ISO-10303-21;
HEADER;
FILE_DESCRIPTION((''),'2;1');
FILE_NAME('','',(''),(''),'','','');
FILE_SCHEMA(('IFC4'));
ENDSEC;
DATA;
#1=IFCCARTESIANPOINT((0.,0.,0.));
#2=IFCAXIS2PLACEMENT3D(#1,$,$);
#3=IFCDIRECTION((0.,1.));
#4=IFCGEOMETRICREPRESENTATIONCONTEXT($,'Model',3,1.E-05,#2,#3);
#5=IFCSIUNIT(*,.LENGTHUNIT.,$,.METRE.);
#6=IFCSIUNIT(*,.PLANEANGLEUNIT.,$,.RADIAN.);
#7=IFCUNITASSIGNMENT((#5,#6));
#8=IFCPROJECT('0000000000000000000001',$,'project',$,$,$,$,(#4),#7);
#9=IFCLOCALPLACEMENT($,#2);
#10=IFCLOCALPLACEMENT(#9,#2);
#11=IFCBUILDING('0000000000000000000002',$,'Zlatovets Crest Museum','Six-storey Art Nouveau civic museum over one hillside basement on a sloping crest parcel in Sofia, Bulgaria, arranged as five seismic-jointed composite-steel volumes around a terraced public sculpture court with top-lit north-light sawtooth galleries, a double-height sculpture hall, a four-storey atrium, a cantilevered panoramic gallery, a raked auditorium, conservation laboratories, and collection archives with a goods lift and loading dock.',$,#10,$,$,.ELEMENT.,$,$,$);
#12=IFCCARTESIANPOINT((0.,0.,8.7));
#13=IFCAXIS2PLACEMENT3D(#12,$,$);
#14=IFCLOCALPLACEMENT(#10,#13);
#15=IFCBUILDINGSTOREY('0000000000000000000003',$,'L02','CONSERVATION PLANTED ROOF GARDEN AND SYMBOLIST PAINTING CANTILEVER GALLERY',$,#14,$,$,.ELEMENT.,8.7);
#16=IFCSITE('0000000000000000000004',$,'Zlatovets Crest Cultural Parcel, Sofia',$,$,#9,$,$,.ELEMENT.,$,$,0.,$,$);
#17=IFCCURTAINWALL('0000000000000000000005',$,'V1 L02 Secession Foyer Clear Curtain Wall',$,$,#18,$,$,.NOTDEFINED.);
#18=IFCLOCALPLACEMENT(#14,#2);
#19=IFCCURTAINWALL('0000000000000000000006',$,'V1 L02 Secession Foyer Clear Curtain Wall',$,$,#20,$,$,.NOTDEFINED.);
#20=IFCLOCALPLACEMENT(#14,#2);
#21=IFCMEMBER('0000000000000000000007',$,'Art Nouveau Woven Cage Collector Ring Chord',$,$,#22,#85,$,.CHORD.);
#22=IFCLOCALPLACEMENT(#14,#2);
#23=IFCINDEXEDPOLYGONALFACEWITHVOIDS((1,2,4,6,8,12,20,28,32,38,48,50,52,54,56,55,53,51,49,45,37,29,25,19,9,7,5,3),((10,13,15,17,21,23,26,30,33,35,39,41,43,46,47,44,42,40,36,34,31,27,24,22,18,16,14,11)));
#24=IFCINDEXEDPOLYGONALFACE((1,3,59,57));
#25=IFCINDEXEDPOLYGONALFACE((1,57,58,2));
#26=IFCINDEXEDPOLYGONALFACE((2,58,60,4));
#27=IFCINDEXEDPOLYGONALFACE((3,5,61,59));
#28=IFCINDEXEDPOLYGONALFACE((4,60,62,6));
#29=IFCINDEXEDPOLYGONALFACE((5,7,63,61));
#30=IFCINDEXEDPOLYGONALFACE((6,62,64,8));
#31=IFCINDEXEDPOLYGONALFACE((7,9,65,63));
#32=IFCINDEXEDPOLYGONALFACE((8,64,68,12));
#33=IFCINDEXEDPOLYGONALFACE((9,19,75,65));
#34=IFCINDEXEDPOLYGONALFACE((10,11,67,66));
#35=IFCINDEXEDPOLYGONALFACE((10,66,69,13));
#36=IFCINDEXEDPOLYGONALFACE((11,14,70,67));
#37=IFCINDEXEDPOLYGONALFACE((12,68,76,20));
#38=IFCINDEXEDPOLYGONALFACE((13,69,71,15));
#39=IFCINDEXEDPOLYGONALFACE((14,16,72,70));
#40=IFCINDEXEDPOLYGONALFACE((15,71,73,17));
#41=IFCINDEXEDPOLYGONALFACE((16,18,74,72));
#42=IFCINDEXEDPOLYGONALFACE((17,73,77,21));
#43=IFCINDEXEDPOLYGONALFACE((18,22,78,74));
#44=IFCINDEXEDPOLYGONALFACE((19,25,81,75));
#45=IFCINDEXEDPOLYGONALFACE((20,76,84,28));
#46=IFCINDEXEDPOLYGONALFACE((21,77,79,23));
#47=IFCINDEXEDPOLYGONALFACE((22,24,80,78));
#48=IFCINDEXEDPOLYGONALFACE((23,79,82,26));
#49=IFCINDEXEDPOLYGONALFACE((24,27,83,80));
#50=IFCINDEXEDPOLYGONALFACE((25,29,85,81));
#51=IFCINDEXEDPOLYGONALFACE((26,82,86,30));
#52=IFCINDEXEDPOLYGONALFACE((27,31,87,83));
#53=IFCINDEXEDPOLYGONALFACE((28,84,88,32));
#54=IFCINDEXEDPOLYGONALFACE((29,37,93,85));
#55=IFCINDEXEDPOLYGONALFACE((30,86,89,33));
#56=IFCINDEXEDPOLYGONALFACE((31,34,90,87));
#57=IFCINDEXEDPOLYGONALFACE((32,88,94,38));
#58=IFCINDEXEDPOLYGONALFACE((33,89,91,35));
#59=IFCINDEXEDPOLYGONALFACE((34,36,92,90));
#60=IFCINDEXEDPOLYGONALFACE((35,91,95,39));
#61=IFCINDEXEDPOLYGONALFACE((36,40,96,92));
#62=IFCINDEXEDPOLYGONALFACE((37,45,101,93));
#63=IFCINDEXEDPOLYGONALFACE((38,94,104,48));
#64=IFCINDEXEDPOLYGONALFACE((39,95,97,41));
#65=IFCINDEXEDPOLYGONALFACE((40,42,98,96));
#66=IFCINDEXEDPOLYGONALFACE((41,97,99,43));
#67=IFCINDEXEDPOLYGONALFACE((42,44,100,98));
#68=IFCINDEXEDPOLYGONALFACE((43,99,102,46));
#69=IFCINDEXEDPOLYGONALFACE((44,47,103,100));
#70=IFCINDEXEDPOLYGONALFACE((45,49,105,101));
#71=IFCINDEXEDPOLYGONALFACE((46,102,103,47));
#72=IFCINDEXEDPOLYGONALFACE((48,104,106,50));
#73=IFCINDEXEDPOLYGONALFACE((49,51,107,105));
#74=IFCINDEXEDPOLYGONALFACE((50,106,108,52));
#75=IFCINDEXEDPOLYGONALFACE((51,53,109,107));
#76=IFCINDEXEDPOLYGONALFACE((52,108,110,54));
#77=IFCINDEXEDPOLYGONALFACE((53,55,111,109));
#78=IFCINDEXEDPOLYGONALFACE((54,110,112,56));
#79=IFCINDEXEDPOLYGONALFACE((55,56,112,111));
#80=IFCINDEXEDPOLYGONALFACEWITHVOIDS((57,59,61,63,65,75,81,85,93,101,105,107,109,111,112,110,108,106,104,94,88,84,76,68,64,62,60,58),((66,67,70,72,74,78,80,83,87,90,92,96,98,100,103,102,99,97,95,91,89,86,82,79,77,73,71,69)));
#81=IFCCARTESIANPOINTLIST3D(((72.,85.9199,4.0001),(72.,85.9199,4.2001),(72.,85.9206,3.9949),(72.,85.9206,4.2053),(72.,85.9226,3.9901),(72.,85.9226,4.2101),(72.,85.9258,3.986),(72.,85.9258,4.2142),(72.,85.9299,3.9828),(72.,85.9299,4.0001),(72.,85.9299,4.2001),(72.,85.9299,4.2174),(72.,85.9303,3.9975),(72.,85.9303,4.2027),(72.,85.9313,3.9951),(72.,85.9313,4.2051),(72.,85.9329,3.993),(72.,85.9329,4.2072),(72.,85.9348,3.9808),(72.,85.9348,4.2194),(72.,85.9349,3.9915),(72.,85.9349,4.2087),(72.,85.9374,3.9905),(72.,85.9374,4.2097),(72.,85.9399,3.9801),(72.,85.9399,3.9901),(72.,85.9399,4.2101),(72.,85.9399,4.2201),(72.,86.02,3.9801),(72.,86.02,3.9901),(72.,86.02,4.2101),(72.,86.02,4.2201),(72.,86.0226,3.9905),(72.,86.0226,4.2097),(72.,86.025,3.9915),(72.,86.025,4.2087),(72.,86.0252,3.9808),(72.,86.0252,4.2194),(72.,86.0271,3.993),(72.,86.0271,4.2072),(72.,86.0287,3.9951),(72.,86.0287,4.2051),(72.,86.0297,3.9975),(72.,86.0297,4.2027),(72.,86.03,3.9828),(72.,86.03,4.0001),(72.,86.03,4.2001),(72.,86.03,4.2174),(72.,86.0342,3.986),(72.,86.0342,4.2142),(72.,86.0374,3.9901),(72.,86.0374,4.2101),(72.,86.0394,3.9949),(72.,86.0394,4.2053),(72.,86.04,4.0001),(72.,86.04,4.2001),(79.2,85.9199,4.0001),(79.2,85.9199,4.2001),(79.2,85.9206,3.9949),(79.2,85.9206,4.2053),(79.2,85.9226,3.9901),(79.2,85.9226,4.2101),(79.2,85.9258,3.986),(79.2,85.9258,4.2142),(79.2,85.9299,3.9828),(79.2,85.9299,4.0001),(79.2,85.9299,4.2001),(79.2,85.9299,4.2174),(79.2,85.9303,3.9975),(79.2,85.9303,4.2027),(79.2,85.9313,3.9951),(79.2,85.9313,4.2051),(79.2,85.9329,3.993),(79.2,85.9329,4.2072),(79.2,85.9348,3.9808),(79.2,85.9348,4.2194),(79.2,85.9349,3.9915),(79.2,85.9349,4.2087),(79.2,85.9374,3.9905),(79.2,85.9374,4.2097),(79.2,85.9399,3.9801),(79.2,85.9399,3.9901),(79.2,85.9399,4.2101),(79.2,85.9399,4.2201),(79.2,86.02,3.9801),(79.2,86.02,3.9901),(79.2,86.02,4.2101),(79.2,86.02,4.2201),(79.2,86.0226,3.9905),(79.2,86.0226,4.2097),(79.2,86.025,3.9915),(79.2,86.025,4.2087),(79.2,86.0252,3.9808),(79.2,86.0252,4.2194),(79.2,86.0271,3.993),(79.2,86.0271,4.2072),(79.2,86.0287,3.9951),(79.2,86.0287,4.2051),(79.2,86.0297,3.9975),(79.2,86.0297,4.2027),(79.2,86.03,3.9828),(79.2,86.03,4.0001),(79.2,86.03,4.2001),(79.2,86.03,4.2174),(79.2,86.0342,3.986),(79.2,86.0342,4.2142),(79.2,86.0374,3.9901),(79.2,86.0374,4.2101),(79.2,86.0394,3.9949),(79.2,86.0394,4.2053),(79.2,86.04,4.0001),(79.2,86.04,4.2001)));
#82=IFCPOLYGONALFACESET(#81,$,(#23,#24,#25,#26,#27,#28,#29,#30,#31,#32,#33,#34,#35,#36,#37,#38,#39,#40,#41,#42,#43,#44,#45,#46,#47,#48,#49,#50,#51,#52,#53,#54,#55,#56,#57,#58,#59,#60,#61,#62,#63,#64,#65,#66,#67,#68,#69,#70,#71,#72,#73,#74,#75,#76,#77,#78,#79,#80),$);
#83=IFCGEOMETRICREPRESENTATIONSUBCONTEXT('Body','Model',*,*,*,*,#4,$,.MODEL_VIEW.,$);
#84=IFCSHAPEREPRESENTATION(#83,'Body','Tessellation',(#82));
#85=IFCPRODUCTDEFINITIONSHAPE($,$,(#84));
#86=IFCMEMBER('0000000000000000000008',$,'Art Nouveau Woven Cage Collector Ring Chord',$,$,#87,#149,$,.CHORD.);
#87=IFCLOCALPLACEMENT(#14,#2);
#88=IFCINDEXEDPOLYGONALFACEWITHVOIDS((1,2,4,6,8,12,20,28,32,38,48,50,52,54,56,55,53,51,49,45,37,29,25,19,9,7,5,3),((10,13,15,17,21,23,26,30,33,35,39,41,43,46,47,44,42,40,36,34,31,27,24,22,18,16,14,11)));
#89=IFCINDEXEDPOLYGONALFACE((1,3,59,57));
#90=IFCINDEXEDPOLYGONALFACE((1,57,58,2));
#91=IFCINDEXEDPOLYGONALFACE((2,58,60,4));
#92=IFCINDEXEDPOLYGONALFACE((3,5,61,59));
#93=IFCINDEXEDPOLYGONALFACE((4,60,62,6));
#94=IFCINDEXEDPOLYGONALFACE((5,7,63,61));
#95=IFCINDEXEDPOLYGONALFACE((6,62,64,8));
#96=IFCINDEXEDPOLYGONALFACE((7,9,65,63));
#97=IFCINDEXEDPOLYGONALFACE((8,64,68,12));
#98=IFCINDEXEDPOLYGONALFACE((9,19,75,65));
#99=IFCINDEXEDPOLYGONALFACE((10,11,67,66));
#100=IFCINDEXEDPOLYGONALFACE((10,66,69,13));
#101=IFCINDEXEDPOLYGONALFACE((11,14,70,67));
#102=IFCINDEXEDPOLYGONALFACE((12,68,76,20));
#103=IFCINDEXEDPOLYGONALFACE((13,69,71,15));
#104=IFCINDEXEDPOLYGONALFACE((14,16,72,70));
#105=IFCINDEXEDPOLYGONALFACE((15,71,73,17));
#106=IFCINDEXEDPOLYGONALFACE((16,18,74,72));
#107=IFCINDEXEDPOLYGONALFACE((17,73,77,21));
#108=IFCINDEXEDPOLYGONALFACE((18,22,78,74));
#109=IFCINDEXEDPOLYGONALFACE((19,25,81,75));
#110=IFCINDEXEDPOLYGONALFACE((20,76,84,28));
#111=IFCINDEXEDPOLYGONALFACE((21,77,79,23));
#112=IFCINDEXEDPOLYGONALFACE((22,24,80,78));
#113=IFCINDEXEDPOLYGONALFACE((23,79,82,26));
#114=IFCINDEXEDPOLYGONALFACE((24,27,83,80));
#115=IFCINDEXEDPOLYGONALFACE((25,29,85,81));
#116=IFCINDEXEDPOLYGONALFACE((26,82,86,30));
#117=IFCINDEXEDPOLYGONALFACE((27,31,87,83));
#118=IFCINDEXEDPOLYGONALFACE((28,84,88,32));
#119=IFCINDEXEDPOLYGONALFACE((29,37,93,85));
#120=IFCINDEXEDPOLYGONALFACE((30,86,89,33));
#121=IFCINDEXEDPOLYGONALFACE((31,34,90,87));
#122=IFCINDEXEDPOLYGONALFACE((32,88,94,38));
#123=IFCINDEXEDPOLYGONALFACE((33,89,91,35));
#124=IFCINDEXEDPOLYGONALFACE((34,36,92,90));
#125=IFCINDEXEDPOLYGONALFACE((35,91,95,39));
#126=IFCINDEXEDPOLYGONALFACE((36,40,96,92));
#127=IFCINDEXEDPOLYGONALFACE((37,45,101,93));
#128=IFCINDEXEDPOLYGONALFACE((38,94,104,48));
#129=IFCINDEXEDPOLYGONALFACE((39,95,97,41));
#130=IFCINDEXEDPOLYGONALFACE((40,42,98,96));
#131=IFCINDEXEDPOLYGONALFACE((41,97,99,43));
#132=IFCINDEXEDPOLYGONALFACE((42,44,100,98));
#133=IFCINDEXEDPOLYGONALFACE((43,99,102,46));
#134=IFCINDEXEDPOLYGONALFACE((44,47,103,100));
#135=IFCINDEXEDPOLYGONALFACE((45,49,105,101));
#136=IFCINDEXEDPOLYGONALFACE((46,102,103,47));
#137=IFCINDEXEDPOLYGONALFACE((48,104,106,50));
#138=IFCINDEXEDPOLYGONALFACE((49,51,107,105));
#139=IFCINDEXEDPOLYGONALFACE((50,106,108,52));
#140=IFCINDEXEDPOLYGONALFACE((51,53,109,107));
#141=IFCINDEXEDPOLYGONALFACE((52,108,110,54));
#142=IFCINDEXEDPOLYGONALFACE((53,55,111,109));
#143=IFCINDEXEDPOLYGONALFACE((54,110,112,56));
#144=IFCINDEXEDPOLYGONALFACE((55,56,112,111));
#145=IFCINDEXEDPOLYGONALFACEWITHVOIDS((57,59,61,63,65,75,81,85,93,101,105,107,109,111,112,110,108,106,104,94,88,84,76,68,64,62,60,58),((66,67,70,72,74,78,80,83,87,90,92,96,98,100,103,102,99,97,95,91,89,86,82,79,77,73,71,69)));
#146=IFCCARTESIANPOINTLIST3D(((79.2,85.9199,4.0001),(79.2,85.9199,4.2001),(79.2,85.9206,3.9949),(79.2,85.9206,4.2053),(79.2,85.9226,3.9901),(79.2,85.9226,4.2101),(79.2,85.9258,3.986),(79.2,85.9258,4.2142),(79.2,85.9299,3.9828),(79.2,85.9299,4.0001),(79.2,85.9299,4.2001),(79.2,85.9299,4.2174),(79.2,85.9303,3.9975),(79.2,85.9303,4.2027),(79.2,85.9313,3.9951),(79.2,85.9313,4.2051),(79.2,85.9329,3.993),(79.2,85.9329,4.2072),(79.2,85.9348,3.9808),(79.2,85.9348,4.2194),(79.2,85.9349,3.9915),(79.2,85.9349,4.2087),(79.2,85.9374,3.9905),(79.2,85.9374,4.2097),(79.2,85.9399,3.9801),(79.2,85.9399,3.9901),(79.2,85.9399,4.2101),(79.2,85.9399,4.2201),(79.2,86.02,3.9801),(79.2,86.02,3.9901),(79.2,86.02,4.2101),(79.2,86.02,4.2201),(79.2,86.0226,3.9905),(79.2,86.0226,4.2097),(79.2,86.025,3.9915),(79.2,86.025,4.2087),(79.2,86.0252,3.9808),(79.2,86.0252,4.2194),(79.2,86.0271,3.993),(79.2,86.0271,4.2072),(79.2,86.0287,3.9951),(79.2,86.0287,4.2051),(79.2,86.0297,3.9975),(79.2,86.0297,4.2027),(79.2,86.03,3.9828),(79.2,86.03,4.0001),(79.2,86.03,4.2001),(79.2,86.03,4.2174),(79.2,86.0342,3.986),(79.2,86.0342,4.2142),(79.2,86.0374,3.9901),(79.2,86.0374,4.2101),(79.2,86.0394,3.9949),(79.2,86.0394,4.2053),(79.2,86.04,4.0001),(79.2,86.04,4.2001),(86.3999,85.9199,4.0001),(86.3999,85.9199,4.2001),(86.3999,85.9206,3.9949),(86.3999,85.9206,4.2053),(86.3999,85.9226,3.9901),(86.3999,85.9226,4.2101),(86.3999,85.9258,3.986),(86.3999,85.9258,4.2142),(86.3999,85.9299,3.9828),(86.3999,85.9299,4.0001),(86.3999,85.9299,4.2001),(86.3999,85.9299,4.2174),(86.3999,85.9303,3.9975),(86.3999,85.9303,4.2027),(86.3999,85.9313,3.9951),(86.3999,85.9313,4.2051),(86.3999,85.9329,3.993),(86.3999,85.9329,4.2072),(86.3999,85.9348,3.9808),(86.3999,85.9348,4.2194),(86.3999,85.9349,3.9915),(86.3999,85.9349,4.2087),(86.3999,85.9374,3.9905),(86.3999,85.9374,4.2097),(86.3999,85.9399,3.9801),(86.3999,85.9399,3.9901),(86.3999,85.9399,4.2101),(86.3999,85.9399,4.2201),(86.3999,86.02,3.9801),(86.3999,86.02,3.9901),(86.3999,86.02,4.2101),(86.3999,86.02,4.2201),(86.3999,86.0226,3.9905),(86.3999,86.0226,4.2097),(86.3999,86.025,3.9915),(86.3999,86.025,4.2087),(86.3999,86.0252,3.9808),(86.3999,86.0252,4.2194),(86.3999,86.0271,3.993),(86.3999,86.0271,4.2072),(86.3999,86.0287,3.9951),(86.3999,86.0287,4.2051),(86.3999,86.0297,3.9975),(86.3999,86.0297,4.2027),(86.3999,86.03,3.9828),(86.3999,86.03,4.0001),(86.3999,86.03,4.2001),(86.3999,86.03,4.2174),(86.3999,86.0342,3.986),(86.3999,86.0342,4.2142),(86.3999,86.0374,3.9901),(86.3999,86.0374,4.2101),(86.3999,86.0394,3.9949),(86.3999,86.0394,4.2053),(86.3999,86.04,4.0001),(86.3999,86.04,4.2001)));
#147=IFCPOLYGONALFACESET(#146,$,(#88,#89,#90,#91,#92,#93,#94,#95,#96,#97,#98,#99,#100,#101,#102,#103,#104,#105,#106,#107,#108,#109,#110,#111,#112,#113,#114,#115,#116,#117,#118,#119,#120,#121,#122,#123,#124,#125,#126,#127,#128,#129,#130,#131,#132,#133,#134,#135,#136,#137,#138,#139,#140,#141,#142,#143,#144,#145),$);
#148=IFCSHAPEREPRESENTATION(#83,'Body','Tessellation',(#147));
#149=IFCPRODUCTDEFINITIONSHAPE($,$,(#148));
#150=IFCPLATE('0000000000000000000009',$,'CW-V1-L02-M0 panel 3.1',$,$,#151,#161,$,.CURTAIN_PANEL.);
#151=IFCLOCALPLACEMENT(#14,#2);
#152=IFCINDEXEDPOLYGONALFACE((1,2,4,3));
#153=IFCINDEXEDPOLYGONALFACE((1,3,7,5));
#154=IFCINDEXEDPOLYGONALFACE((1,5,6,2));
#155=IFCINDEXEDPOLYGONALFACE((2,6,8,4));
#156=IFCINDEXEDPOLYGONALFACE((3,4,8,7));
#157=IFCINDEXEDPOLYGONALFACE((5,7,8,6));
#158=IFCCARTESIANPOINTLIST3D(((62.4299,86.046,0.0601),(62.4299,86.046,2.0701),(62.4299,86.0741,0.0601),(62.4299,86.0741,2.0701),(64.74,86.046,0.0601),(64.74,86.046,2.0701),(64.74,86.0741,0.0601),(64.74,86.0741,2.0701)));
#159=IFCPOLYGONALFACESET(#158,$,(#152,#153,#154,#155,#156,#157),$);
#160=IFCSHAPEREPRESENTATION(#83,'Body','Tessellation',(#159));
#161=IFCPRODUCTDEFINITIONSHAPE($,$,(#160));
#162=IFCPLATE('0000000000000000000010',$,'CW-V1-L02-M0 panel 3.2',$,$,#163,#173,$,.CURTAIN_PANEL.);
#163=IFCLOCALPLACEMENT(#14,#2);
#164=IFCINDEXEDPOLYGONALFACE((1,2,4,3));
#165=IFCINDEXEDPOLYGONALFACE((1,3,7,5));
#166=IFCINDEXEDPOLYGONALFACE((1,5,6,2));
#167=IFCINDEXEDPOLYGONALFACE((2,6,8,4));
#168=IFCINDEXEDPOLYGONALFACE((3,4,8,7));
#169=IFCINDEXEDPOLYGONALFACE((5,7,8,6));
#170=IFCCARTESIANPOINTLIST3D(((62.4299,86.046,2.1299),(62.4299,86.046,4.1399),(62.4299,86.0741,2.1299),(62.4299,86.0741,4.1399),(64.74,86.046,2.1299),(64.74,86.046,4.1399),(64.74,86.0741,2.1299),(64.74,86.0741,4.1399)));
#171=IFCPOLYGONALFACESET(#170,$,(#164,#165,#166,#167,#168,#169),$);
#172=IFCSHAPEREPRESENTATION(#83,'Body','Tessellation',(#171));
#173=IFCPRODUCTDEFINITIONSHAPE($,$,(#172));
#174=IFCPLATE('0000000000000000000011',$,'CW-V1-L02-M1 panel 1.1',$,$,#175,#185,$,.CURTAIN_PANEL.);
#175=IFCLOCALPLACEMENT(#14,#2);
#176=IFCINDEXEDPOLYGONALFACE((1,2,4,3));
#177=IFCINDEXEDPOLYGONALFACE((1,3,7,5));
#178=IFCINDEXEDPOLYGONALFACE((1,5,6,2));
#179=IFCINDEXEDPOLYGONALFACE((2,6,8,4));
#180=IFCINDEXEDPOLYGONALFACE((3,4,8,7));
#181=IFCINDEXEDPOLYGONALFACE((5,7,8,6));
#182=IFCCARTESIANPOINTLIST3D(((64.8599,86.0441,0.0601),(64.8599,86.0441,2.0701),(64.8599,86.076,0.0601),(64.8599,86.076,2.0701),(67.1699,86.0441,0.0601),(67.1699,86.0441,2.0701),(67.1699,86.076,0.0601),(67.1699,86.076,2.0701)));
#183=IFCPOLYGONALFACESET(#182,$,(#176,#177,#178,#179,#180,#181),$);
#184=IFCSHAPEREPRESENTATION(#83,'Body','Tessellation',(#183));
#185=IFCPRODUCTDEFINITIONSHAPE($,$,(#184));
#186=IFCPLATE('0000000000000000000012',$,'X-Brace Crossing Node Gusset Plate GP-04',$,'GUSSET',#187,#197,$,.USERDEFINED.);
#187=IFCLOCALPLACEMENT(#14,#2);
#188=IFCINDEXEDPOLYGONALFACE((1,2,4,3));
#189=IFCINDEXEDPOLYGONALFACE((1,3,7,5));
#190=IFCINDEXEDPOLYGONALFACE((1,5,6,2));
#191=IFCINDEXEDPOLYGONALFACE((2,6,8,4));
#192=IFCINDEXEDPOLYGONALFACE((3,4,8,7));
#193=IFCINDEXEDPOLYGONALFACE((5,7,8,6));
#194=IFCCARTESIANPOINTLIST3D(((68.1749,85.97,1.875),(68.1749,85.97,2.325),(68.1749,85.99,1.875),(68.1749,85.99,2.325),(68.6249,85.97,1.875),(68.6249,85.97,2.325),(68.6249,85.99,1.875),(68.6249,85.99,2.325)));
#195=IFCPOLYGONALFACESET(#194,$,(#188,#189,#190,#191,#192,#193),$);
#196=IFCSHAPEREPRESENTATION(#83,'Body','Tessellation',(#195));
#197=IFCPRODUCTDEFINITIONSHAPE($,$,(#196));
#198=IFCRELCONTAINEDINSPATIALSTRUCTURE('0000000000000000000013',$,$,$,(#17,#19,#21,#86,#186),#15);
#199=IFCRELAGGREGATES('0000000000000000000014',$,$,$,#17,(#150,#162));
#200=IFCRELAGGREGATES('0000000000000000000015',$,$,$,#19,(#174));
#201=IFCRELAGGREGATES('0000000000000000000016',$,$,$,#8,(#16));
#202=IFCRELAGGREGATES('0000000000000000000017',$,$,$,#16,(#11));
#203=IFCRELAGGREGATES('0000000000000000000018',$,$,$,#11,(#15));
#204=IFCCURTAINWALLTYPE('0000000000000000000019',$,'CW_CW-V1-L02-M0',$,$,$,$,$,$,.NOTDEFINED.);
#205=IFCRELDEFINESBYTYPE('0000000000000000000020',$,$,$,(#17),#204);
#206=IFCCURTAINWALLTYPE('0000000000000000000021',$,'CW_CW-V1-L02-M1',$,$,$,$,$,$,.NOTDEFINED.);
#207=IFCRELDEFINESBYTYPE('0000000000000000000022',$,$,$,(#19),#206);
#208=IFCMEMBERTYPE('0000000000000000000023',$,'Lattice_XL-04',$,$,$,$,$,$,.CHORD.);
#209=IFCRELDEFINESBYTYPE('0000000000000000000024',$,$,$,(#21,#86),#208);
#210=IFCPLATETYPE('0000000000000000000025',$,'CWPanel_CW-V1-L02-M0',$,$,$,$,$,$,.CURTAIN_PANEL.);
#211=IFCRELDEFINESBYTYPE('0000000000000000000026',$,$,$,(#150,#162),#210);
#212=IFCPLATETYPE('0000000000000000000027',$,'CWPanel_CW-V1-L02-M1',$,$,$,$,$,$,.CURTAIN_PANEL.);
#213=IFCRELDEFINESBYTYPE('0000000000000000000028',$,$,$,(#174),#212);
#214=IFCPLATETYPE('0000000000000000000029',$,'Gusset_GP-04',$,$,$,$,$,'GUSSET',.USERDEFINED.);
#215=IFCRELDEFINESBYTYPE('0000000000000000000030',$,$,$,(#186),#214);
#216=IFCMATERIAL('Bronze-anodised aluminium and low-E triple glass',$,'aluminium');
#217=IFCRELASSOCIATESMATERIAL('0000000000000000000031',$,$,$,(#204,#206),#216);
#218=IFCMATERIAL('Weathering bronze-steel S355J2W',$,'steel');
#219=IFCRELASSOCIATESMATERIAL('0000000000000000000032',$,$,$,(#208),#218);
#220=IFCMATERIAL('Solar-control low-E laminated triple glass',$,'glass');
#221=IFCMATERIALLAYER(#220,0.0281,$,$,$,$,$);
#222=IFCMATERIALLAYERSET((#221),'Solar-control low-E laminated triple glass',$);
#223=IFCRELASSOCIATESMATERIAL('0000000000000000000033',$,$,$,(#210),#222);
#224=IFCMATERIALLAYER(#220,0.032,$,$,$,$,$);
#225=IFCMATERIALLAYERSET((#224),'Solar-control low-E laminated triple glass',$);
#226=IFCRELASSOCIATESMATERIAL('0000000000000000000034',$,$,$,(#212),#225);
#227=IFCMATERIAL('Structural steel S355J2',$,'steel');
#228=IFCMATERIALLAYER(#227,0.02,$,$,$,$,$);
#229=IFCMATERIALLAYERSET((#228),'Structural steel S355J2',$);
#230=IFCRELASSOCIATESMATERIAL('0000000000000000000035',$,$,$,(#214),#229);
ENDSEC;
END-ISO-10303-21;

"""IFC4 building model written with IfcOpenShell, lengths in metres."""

from ifc_helpers import new_model, si_unit, direction, frame, origin, origin_2d, place, context, subcontext, project, spatial, rectangle, hollow_rectangle, extrude, material, layer, layer_set, material_profile, profile_set, type_object, element, aggregate, save


model = new_model("IFC4")

# Units and contexts
model_context = context("Model", 3, precision=1e-05, world=origin(), true_north=direction((0.0, 1.0)))
body_context = subcontext(model_context, "Body", "Model", "MODEL_VIEW")
ifc_project = project(units=[si_unit("LENGTHUNIT", "METRE"), si_unit("PLANEANGLEUNIT", "RADIAN")], contexts=[model_context])

# Site, building, storey
site_placement = place(None, origin())
site = spatial("IfcSite", under=ifc_project, at=site_placement, Name="Zlatovets Crest Cultural Parcel, Sofia", CompositionType="ELEMENT", RefElevation=0.0)
building_placement = place(site_placement, origin())
building = spatial("IfcBuilding", under=site, at=building_placement, Name="Zlatovets Crest Museum", Description="Six-storey Art Nouveau civic museum over one hillside basement on a sloping crest parcel in Sofia, Bulgaria, arranged as five seismic-jointed composite-steel volumes around a terraced public sculpture court with top-lit north-light sawtooth galleries, a double-height sculpture hall, a four-storey atrium, a cantilevered panoramic gallery, a raked auditorium, conservation laboratories, and collection archives with a goods lift and loading dock.", CompositionType="ELEMENT")
storey_placement = place(building_placement, frame((0.0, 0.0, 8.7)))
storey = spatial("IfcBuildingStorey", under=building, at=storey_placement, Name="L02", Description="CONSERVATION PLANTED ROOF GARDEN AND SYMBOLIST PAINTING CANTILEVER GALLERY", CompositionType="ELEMENT", Elevation=8.7)

# Shared definitions
ifc_material_1 = material(Name="Structural steel S355J2", Category="steel")

# Curtain wall
ifc_material_2 = material(Name="Bronze-anodised aluminium and low-E triple glass", Category="aluminium")
curtain_wall_type_1 = type_object("IfcCurtainWallType", Name="CW_CW-V1-L02-M0", PredefinedType="NOTDEFINED", material=ifc_material_2)
curtain_wall_1_placement = place(storey_placement, origin())
curtain_wall_1 = element("IfcCurtainWall", 1, at=curtain_wall_1_placement, inside=storey, type_object=curtain_wall_type_1, Name="V1 L02 Secession Foyer Clear Curtain Wall", PredefinedType="NOTDEFINED")

# Curtain wall
curtain_wall_type_2 = type_object("IfcCurtainWallType", Name="CW_CW-V1-L02-M1", PredefinedType="NOTDEFINED", material=ifc_material_2)
curtain_wall_2_placement = place(storey_placement, origin())
curtain_wall_2 = element("IfcCurtainWall", 2, at=curtain_wall_2_placement, inside=storey, type_object=curtain_wall_type_2, Name="V1 L02 Secession Foyer Clear Curtain Wall", PredefinedType="NOTDEFINED")

# Members
ifc_material_3 = material(Name="Weathering bronze-steel S355J2W", Category="steel")
ifc_material_profile_1 = material_profile(ifc_material_3, hollow_rectangle(XDim=0.1201, YDim=0.24, WallThickness=0.01, InnerFilletRadius=0.01, OuterFilletRadius=0.02, at=origin_2d()), Name="RHS 120x240x10.0")
ifc_profile_set_1 = profile_set([ifc_material_profile_1], Name="Weathering bronze-steel S355J2W")
member_type_1 = type_object("IfcMemberType", Name="Lattice_XL-04", PredefinedType="CHORD", material=ifc_profile_set_1)
for number, where, z_axis, x_axis, name in (
    (3, (72.0, 85.98, 4.1001), (1.0, 0.0, 0.0), (0.0, 1.0, 0.0), "Art Nouveau Woven Cage Collector Ring Chord"),
    (4, (79.2, 85.98, 4.1001), (1.0, 0.0, 0.0), (0.0, 1.0, 0.0), "Art Nouveau Woven Cage Collector Ring Chord"),
):
    element("IfcMember", number, at=place(storey_placement, frame(where, z_axis=z_axis, x_axis=x_axis)), inside=storey, type_object=member_type_1, Name=name, PredefinedType="CHORD", context=body_context, shape_type="SweptSolid", body=[
        extrude(hollow_rectangle(XDim=0.1201, YDim=0.24, WallThickness=0.01, InnerFilletRadius=0.01, OuterFilletRadius=0.02, at=origin_2d()), origin(), (0.0, 0.0, 1.0), 7.2),
    ])

# Plates
ifc_material_4 = material(Name="Solar-control low-E laminated triple glass", Category="glass")
ifc_layer_1 = layer(ifc_material_4, 0.0281)
ifc_layer_set_1 = layer_set([ifc_layer_1], Name="Solar-control low-E laminated triple glass")
plate_type_1 = type_object("IfcPlateType", Name="CWPanel_CW-V1-L02-M0", PredefinedType="CURTAIN_PANEL", material=ifc_layer_set_1)
plate_1_placement = place(storey_placement, frame((63.585, 86.0601, 0.0601), z_axis=(0.0, 0.0, 1.0), x_axis=(1.0, 0.0, 0.0)))
plate_1 = element("IfcPlate", 5, at=plate_1_placement, type_object=plate_type_1, Name="CW-V1-L02-M0 panel 3.1", PredefinedType="CURTAIN_PANEL", context=body_context, shape_type="SweptSolid", body=[
    extrude(rectangle(XDim=2.3101, YDim=0.0281, at=origin_2d()), origin(), (0.0, 0.0, 1.0), 2.01),
])
plate_2_placement = place(storey_placement, frame((63.585, 86.0601, 2.1299), z_axis=(0.0, 0.0, 1.0), x_axis=(1.0, 0.0, 0.0)))
plate_2 = element("IfcPlate", 6, at=plate_2_placement, type_object=plate_type_1, Name="CW-V1-L02-M0 panel 3.2", PredefinedType="CURTAIN_PANEL", context=body_context, shape_type="SweptSolid", body=[
    extrude(rectangle(XDim=2.3101, YDim=0.0281, at=origin_2d()), origin(), (0.0, 0.0, 1.0), 2.01),
])
aggregate(curtain_wall_1, [plate_1, plate_2])
ifc_layer_2 = layer(ifc_material_4, 0.032)
ifc_layer_set_2 = layer_set([ifc_layer_2], Name="Solar-control low-E laminated triple glass")
plate_type_2 = type_object("IfcPlateType", Name="CWPanel_CW-V1-L02-M1", PredefinedType="CURTAIN_PANEL", material=ifc_layer_set_2)
plate_3_placement = place(storey_placement, frame((66.0149, 86.0601, 0.0601), z_axis=(0.0, 0.0, 1.0), x_axis=(1.0, 0.0, 0.0)))
plate_3 = element("IfcPlate", 7, at=plate_3_placement, type_object=plate_type_2, Name="CW-V1-L02-M1 panel 1.1", PredefinedType="CURTAIN_PANEL", context=body_context, shape_type="SweptSolid", body=[
    extrude(rectangle(XDim=2.3101, YDim=0.032, at=origin_2d()), origin(), (0.0, 0.0, 1.0), 2.01),
])
aggregate(curtain_wall_2, [plate_3])

# Plate
ifc_layer_3 = layer(ifc_material_1, 0.02)
ifc_layer_set_3 = layer_set([ifc_layer_3], Name="Structural steel S355J2")
plate_type_3 = type_object("IfcPlateType", Name="Gusset_GP-04", ElementType="GUSSET", PredefinedType="USERDEFINED", material=ifc_layer_set_3)
for number, where, z_axis, x_axis, name in (
    (8, (68.3999, 85.98, 1.875), (0.0, 0.0, 1.0), (1.0, 0.0, 0.0), "X-Brace Crossing Node Gusset Plate GP-04"),
):
    element("IfcPlate", number, at=place(storey_placement, frame(where, z_axis=z_axis, x_axis=x_axis)), inside=storey, type_object=plate_type_3, Name=name, ObjectType="GUSSET", PredefinedType="USERDEFINED", context=body_context, shape_type="SweptSolid", body=[
        extrude(rectangle(XDim=0.45, YDim=0.02, at=origin_2d()), origin(), (0.0, 0.0, 1.0), 0.45),
    ])

save(model, "model.ifc")
